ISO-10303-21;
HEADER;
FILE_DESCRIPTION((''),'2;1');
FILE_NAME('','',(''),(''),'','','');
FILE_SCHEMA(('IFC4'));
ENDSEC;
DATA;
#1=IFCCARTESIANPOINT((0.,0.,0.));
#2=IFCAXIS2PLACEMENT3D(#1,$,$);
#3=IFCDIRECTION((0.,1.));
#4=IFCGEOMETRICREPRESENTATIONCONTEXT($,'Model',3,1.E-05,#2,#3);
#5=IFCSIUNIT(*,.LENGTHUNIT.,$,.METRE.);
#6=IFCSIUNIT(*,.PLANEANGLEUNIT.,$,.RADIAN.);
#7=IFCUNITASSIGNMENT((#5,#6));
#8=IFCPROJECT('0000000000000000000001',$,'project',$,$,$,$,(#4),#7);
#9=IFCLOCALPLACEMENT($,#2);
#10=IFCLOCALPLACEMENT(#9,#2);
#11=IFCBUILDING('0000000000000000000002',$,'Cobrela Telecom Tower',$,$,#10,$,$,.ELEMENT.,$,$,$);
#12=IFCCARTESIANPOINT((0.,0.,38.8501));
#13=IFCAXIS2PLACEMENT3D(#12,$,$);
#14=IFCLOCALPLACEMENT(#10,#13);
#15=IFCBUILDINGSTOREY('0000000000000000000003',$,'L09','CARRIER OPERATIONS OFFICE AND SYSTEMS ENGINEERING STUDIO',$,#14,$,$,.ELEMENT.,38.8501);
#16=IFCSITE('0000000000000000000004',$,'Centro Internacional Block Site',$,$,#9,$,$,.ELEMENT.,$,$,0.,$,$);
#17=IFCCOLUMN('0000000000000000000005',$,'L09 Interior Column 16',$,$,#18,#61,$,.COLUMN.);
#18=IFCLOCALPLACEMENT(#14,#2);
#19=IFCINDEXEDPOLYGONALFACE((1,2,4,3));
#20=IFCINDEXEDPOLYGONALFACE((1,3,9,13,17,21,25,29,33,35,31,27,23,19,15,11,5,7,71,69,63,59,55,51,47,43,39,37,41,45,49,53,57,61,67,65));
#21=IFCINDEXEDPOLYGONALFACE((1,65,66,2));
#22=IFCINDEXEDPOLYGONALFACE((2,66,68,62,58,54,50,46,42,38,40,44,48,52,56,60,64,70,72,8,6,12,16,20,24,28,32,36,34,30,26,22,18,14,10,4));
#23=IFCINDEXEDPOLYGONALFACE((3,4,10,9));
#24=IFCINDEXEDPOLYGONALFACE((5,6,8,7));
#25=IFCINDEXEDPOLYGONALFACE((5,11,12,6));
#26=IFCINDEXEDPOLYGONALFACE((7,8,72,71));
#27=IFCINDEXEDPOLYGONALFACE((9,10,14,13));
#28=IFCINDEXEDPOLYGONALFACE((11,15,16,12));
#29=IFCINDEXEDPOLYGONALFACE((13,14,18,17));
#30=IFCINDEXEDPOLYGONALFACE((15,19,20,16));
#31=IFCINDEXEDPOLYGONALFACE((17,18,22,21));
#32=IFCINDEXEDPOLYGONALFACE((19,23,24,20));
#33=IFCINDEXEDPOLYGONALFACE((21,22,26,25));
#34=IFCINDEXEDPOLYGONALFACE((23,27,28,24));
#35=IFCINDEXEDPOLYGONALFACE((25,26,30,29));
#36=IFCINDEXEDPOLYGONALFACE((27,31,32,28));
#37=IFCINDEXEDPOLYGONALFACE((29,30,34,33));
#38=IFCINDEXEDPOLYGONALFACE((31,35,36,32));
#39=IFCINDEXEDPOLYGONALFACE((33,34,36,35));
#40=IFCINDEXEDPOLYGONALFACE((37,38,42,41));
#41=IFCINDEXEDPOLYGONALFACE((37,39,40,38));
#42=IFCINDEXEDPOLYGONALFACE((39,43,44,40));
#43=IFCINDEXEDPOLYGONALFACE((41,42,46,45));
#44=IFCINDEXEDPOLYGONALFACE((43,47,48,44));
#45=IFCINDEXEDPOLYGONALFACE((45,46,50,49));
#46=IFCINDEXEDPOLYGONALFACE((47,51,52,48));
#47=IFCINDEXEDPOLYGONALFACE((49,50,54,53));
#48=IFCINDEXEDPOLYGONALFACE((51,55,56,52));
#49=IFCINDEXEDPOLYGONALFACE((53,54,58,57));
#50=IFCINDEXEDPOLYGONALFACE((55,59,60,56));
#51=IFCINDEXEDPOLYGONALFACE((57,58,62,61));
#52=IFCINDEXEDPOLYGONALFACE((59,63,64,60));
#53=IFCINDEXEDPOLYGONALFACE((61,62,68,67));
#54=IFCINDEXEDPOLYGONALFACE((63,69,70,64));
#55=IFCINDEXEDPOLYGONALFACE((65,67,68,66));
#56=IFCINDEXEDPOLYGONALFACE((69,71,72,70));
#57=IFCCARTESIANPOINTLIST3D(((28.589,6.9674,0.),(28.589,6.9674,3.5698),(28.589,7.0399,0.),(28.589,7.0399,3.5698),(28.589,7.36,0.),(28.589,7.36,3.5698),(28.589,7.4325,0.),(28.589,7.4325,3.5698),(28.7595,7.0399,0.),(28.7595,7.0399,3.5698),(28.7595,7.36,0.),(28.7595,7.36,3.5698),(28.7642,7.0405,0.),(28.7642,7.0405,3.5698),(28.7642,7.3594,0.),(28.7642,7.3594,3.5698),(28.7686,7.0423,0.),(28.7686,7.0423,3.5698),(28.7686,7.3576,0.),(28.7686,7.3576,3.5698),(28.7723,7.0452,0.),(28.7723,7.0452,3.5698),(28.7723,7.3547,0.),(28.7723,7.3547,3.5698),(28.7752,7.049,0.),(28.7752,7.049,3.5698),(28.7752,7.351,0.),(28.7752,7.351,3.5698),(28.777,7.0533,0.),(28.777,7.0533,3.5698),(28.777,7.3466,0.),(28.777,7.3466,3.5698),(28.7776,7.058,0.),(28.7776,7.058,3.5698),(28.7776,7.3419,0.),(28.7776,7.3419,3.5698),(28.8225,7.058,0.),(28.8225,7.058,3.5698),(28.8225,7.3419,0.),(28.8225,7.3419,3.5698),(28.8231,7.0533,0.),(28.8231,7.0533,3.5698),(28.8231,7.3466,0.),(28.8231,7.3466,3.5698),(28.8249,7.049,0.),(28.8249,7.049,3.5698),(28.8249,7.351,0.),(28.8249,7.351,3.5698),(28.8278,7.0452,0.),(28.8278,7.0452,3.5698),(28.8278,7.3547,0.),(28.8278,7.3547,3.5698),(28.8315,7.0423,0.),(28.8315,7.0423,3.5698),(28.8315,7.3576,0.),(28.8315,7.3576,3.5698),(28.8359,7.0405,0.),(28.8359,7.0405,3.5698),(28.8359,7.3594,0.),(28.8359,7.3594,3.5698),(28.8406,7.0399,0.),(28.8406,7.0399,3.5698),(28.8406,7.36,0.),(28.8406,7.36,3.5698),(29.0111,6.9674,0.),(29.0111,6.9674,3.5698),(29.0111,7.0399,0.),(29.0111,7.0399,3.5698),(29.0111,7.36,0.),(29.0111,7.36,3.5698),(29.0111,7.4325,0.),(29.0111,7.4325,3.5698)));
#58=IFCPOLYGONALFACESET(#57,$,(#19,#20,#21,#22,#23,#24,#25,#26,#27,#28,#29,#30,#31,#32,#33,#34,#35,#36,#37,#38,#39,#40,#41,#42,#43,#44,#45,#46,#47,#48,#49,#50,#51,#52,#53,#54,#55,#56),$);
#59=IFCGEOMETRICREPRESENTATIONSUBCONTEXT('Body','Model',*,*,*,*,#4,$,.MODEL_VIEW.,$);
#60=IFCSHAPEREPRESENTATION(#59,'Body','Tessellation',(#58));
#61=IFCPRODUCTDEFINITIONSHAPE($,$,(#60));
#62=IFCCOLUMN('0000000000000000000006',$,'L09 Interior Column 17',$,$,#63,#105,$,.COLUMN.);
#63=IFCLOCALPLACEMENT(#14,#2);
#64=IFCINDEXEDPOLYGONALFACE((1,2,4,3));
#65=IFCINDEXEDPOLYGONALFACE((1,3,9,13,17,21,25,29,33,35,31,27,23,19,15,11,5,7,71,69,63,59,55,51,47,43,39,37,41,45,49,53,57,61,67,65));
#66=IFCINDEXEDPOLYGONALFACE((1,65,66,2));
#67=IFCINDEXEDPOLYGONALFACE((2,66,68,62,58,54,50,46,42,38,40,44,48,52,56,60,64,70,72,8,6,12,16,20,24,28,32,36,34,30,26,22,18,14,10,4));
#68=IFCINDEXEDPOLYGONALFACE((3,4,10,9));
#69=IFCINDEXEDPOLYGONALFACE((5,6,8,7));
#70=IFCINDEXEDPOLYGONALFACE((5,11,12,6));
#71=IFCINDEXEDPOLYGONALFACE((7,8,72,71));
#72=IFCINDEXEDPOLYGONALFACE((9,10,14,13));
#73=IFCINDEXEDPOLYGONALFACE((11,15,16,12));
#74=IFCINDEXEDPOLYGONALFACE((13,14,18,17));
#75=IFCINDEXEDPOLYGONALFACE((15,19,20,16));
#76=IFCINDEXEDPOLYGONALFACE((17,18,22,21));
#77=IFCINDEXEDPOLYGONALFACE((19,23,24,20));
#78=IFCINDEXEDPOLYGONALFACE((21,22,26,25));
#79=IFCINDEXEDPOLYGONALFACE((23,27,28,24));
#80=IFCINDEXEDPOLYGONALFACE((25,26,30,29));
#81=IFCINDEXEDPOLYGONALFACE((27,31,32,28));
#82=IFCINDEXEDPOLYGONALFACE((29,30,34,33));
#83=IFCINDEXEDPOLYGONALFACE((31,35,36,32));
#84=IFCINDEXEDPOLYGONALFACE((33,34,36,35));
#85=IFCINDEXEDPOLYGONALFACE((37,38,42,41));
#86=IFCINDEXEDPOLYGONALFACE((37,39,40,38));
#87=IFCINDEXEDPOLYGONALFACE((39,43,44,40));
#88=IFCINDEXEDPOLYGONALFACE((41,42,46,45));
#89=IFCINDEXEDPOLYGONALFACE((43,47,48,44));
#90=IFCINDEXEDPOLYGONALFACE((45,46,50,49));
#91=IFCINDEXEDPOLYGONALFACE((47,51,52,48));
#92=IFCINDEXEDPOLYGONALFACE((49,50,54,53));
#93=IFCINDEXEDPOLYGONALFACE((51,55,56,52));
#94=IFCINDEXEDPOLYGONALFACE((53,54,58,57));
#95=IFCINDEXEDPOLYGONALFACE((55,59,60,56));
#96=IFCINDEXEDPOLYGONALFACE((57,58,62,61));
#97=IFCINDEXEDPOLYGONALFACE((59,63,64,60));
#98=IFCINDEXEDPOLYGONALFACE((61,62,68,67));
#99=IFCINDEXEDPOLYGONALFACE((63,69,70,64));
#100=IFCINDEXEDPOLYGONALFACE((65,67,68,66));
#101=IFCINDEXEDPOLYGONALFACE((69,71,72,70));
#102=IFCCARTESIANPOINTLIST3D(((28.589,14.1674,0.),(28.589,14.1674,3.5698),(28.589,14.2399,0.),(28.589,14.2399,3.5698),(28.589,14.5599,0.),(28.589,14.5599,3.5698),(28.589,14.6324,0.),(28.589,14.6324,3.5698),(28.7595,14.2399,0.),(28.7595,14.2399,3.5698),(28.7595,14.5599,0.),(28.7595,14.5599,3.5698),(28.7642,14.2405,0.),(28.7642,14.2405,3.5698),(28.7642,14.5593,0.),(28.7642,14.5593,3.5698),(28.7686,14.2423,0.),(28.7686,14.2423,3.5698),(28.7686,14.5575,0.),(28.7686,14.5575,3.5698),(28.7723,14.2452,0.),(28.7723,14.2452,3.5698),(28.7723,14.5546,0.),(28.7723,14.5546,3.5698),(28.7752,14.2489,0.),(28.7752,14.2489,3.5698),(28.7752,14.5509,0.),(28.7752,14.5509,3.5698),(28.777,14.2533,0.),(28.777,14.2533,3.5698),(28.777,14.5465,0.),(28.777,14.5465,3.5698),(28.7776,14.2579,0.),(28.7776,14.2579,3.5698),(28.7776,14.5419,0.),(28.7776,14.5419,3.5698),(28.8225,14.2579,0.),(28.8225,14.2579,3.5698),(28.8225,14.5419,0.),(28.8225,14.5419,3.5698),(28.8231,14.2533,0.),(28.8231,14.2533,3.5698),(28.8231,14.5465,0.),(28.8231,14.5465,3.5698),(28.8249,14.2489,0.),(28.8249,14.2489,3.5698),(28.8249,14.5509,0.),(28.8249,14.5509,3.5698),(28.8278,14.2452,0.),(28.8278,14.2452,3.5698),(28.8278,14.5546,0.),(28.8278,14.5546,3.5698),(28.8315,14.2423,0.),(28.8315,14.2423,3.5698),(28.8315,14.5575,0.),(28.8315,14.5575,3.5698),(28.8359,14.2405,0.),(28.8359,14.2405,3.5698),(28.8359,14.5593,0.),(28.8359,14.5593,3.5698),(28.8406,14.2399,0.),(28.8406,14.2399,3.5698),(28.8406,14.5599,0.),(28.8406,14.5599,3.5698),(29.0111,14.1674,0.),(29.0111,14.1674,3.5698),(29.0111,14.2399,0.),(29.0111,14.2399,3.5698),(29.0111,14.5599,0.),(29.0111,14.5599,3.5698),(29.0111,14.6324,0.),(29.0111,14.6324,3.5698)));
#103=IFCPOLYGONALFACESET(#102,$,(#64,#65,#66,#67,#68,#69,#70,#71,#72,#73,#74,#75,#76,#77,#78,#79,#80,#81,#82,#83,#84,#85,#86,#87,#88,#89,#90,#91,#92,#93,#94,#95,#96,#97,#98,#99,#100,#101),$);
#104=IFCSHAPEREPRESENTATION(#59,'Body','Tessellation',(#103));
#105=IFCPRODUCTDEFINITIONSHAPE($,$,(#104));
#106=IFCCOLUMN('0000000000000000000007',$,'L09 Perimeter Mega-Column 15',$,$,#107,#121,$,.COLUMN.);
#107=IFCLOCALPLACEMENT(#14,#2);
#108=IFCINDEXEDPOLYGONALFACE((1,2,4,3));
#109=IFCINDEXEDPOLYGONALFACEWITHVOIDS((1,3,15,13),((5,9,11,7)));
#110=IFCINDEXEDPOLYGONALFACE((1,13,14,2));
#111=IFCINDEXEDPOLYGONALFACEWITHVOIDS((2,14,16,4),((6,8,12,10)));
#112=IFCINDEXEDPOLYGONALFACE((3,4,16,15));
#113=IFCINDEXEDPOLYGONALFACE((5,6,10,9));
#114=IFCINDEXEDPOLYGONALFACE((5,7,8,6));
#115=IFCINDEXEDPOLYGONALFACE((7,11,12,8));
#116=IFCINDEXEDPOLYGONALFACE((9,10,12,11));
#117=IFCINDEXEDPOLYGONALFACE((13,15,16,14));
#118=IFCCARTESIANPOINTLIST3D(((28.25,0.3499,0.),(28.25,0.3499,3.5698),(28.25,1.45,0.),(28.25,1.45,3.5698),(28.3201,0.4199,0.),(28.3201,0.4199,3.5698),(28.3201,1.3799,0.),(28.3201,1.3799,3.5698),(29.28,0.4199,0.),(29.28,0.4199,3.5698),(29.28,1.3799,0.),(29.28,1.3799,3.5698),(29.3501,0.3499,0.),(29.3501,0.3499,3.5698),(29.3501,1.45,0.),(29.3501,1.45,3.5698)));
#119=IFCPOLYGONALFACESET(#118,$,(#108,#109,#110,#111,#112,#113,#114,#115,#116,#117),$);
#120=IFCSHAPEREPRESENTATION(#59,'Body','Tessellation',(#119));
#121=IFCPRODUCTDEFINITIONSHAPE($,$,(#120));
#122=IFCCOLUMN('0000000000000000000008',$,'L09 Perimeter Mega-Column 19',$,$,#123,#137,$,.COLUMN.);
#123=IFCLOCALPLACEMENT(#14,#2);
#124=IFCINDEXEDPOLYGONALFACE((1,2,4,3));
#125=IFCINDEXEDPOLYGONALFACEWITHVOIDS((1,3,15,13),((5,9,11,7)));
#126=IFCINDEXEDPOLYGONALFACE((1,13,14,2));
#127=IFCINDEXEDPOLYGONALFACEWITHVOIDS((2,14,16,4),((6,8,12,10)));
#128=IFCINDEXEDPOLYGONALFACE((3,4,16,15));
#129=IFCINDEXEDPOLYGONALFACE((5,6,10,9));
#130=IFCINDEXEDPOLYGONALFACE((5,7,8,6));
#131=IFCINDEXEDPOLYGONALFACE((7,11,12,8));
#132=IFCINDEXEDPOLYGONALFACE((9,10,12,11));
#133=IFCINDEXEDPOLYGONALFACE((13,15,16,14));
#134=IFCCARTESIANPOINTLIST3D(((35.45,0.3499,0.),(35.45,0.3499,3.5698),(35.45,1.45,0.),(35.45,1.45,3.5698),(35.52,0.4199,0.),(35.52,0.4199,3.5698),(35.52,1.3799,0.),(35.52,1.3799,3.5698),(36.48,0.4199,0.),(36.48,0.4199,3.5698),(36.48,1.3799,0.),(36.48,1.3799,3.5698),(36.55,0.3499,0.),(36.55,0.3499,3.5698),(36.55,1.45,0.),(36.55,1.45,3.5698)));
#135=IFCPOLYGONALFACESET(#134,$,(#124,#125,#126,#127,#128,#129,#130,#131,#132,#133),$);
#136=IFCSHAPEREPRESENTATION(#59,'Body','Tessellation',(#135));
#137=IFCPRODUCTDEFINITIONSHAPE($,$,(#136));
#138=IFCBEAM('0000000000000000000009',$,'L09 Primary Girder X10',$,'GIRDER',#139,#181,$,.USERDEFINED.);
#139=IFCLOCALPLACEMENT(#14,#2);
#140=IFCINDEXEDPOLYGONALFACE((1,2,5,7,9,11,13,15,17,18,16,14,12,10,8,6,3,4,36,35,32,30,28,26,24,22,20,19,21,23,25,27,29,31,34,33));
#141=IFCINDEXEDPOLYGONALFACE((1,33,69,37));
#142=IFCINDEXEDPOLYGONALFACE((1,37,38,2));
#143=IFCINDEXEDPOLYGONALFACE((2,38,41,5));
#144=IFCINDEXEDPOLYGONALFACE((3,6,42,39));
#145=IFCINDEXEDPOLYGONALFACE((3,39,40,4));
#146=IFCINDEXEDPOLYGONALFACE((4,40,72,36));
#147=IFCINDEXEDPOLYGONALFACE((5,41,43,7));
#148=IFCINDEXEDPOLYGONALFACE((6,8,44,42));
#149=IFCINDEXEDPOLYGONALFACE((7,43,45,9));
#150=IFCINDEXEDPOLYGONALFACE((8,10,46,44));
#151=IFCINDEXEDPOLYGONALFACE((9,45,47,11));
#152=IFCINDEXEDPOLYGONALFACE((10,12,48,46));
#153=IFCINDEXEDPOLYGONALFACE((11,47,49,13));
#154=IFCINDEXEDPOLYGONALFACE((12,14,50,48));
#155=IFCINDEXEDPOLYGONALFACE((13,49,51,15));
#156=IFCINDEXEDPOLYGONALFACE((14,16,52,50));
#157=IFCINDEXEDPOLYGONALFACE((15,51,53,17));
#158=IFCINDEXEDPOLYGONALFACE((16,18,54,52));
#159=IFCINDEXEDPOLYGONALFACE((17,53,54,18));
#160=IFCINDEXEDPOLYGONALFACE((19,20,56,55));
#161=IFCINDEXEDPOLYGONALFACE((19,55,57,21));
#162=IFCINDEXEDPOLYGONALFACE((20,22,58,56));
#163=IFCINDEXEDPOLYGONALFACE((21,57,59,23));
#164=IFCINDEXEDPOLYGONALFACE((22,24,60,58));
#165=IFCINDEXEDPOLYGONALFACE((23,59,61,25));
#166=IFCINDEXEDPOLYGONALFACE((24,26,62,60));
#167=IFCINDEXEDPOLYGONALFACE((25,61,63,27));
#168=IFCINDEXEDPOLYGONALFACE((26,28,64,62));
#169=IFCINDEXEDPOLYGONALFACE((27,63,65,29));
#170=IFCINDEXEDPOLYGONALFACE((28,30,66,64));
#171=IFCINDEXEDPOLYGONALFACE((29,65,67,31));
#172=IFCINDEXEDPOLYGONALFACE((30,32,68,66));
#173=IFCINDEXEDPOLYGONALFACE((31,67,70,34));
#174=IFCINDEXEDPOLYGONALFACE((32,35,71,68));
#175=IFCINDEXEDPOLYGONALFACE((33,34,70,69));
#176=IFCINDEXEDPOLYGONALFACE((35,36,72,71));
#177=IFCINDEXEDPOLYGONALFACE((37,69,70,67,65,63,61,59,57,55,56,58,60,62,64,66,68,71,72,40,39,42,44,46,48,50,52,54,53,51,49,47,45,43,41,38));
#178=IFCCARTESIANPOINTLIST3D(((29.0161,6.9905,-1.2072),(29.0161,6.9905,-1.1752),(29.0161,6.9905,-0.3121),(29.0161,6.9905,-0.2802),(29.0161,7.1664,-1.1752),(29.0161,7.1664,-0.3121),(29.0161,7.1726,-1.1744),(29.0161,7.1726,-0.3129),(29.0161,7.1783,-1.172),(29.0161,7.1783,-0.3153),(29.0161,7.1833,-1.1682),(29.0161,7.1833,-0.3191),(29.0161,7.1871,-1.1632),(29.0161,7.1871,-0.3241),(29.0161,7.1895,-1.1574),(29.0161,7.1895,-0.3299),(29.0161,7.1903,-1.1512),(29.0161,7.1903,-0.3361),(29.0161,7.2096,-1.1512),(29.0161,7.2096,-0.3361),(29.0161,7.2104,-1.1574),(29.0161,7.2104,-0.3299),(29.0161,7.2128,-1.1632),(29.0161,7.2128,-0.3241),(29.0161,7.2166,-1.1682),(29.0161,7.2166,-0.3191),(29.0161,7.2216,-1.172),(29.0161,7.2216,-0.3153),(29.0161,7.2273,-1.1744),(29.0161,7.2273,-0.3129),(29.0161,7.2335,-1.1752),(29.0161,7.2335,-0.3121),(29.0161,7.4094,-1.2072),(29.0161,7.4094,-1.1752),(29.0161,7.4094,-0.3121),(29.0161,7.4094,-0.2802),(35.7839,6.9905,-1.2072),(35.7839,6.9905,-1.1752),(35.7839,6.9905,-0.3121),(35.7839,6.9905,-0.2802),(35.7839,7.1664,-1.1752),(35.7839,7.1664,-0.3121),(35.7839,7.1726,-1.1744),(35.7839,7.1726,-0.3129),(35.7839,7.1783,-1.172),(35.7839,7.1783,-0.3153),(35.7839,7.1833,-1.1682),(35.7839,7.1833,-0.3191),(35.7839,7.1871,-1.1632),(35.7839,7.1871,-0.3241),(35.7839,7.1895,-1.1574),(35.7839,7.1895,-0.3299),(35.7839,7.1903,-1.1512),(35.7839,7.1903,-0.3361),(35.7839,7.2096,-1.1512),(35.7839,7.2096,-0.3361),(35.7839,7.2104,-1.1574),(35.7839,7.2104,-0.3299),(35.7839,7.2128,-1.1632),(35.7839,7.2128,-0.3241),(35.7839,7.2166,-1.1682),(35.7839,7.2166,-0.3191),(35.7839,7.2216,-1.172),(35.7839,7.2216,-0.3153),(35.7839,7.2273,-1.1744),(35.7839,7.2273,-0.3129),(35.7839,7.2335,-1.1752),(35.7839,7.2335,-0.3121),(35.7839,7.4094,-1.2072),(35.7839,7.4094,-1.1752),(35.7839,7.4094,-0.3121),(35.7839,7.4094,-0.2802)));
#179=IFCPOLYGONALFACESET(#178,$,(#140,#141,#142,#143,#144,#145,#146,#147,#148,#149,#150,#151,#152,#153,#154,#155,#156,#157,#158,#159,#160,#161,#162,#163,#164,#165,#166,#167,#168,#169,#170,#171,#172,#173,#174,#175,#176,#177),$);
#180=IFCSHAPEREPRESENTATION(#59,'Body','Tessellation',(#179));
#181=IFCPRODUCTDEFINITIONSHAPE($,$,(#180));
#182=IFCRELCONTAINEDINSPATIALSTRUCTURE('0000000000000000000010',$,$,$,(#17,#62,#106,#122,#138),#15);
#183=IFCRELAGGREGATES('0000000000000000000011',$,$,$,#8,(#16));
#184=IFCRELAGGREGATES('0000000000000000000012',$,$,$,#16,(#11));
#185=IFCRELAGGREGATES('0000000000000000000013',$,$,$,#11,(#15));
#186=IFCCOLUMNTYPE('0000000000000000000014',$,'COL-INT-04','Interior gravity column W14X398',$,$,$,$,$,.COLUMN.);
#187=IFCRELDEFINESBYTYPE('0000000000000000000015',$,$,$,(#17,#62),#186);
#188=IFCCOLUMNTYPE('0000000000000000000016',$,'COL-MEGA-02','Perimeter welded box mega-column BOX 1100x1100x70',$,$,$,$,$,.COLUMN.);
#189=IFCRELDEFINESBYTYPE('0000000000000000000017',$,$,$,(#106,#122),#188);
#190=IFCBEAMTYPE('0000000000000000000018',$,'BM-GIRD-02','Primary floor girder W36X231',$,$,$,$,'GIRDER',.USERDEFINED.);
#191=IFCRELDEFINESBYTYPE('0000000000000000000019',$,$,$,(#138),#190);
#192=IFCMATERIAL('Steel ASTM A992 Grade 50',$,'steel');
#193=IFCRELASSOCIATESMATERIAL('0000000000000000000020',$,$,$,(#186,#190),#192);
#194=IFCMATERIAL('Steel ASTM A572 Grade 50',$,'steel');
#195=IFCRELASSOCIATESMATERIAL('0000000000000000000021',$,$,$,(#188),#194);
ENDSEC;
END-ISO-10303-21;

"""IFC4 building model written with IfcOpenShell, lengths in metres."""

from ifc_helpers import new_model, si_unit, direction, frame, origin, origin_2d, place, context, subcontext, project, spatial, hollow_rectangle, i_section, extrude, material, material_profile, profile_set, type_object, element, save


model = new_model("IFC4")

# Units and contexts
model_context = context("Model", 3, precision=1e-05, world=origin(), true_north=direction((0.0, 1.0)))
body_context = subcontext(model_context, "Body", "Model", "MODEL_VIEW")
ifc_project = project(units=[si_unit("LENGTHUNIT", "METRE"), si_unit("PLANEANGLEUNIT", "RADIAN")], contexts=[model_context])

# Site, building, storey
site_placement = place(None, origin())
site = spatial("IfcSite", under=ifc_project, at=site_placement, Name="Centro Internacional Block Site", CompositionType="ELEMENT", RefElevation=0.0)
building_placement = place(site_placement, origin())
building = spatial("IfcBuilding", under=site, at=building_placement, Name="Cobrela Telecom Tower", CompositionType="ELEMENT")
storey_placement = place(building_placement, frame((0.0, 0.0, 38.8501)))
storey = spatial("IfcBuildingStorey", under=building, at=storey_placement, Name="L09", Description="CARRIER OPERATIONS OFFICE AND SYSTEMS ENGINEERING STUDIO", CompositionType="ELEMENT", Elevation=38.8501)

# Columns
ifc_material_1 = material(Name="Steel ASTM A992 Grade 50", Category="steel")
ifc_material_profile_1 = material_profile(ifc_material_1, i_section(OverallWidth=0.4221, OverallDepth=0.4651, WebThickness=0.0449, FlangeThickness=0.0725, FilletRadius=0.0181, at=origin_2d()), Name="W14X398")
ifc_profile_set_1 = profile_set([ifc_material_profile_1], Name="Steel ASTM A992 Grade 50")
column_type_1 = type_object("IfcColumnType", Name="COL-INT-04", Description="Interior gravity column W14X398", PredefinedType="COLUMN", material=ifc_profile_set_1)
for number, where, z_axis, x_axis, name in (
    (1, (28.8, 7.2, 0.0), (0.0, 0.0, 1.0), (1.0, 0.0, 0.0), "L09 Interior Column 16"),
    (2, (28.8, 14.3999, 0.0), (0.0, 0.0, 1.0), (1.0, 0.0, 0.0), "L09 Interior Column 17"),
):
    element("IfcColumn", number, at=place(storey_placement, frame(where, z_axis=z_axis, x_axis=x_axis)), inside=storey, type_object=column_type_1, Name=name, PredefinedType="COLUMN", context=body_context, shape_type="SweptSolid", body=[
        extrude(i_section(OverallWidth=0.4221, OverallDepth=0.4651, WebThickness=0.0449, FlangeThickness=0.0725, FilletRadius=0.0181, at=origin_2d()), origin(), (0.0, 0.0, 1.0), 3.5698),
    ])
ifc_material_2 = material(Name="Steel ASTM A572 Grade 50", Category="steel")
ifc_material_profile_2 = material_profile(ifc_material_2, hollow_rectangle(XDim=1.1001, YDim=1.1001, WallThickness=0.0701, at=origin_2d()), Name="BOX 1100x1100x70")
ifc_profile_set_2 = profile_set([ifc_material_profile_2], Name="Steel ASTM A572 Grade 50")
column_type_2 = type_object("IfcColumnType", Name="COL-MEGA-02", Description="Perimeter welded box mega-column BOX 1100x1100x70", PredefinedType="COLUMN", material=ifc_profile_set_2)
for number, where, z_axis, x_axis, name in (
    (3, (28.8, 0.8999, 0.0), (0.0, 0.0, 1.0), (1.0, 0.0, 0.0), "L09 Perimeter Mega-Column 15"),
    (4, (36.0, 0.8999, 0.0), (0.0, 0.0, 1.0), (1.0, 0.0, 0.0), "L09 Perimeter Mega-Column 19"),
):
    element("IfcColumn", number, at=place(storey_placement, frame(where, z_axis=z_axis, x_axis=x_axis)), inside=storey, type_object=column_type_2, Name=name, PredefinedType="COLUMN", context=body_context, shape_type="SweptSolid", body=[
        extrude(hollow_rectangle(XDim=1.1001, YDim=1.1001, WallThickness=0.0701, at=origin_2d()), origin(), (0.0, 0.0, 1.0), 3.5698),
    ])

# Beam
ifc_material_profile_3 = material_profile(ifc_material_1, i_section(OverallWidth=0.4189, OverallDepth=0.927, WebThickness=0.0193, FlangeThickness=0.032, FilletRadius=0.0239, at=origin_2d()), Name="W36X231")
ifc_profile_set_3 = profile_set([ifc_material_profile_3], Name="Steel ASTM A992 Grade 50")
beam_type_1 = type_object("IfcBeamType", Name="BM-GIRD-02", Description="Primary floor girder W36X231", ElementType="GIRDER", PredefinedType="USERDEFINED", material=ifc_profile_set_3)
for number, where, z_axis, x_axis, name in (
    (5, (29.0161, 7.2, -0.7437), (1.0, 0.0, 0.0), (0.0, 1.0, 0.0), "L09 Primary Girder X10"),
):
    element("IfcBeam", number, at=place(storey_placement, frame(where, z_axis=z_axis, x_axis=x_axis)), inside=storey, type_object=beam_type_1, Name=name, ObjectType="GIRDER", PredefinedType="USERDEFINED", context=body_context, shape_type="SweptSolid", body=[
        extrude(i_section(OverallWidth=0.4189, OverallDepth=0.927, WebThickness=0.0193, FlangeThickness=0.032, FilletRadius=0.0239, at=origin_2d()), origin(), (0.0, 0.0, 1.0), 6.7678),
    ])

save(model, "model.ifc")
